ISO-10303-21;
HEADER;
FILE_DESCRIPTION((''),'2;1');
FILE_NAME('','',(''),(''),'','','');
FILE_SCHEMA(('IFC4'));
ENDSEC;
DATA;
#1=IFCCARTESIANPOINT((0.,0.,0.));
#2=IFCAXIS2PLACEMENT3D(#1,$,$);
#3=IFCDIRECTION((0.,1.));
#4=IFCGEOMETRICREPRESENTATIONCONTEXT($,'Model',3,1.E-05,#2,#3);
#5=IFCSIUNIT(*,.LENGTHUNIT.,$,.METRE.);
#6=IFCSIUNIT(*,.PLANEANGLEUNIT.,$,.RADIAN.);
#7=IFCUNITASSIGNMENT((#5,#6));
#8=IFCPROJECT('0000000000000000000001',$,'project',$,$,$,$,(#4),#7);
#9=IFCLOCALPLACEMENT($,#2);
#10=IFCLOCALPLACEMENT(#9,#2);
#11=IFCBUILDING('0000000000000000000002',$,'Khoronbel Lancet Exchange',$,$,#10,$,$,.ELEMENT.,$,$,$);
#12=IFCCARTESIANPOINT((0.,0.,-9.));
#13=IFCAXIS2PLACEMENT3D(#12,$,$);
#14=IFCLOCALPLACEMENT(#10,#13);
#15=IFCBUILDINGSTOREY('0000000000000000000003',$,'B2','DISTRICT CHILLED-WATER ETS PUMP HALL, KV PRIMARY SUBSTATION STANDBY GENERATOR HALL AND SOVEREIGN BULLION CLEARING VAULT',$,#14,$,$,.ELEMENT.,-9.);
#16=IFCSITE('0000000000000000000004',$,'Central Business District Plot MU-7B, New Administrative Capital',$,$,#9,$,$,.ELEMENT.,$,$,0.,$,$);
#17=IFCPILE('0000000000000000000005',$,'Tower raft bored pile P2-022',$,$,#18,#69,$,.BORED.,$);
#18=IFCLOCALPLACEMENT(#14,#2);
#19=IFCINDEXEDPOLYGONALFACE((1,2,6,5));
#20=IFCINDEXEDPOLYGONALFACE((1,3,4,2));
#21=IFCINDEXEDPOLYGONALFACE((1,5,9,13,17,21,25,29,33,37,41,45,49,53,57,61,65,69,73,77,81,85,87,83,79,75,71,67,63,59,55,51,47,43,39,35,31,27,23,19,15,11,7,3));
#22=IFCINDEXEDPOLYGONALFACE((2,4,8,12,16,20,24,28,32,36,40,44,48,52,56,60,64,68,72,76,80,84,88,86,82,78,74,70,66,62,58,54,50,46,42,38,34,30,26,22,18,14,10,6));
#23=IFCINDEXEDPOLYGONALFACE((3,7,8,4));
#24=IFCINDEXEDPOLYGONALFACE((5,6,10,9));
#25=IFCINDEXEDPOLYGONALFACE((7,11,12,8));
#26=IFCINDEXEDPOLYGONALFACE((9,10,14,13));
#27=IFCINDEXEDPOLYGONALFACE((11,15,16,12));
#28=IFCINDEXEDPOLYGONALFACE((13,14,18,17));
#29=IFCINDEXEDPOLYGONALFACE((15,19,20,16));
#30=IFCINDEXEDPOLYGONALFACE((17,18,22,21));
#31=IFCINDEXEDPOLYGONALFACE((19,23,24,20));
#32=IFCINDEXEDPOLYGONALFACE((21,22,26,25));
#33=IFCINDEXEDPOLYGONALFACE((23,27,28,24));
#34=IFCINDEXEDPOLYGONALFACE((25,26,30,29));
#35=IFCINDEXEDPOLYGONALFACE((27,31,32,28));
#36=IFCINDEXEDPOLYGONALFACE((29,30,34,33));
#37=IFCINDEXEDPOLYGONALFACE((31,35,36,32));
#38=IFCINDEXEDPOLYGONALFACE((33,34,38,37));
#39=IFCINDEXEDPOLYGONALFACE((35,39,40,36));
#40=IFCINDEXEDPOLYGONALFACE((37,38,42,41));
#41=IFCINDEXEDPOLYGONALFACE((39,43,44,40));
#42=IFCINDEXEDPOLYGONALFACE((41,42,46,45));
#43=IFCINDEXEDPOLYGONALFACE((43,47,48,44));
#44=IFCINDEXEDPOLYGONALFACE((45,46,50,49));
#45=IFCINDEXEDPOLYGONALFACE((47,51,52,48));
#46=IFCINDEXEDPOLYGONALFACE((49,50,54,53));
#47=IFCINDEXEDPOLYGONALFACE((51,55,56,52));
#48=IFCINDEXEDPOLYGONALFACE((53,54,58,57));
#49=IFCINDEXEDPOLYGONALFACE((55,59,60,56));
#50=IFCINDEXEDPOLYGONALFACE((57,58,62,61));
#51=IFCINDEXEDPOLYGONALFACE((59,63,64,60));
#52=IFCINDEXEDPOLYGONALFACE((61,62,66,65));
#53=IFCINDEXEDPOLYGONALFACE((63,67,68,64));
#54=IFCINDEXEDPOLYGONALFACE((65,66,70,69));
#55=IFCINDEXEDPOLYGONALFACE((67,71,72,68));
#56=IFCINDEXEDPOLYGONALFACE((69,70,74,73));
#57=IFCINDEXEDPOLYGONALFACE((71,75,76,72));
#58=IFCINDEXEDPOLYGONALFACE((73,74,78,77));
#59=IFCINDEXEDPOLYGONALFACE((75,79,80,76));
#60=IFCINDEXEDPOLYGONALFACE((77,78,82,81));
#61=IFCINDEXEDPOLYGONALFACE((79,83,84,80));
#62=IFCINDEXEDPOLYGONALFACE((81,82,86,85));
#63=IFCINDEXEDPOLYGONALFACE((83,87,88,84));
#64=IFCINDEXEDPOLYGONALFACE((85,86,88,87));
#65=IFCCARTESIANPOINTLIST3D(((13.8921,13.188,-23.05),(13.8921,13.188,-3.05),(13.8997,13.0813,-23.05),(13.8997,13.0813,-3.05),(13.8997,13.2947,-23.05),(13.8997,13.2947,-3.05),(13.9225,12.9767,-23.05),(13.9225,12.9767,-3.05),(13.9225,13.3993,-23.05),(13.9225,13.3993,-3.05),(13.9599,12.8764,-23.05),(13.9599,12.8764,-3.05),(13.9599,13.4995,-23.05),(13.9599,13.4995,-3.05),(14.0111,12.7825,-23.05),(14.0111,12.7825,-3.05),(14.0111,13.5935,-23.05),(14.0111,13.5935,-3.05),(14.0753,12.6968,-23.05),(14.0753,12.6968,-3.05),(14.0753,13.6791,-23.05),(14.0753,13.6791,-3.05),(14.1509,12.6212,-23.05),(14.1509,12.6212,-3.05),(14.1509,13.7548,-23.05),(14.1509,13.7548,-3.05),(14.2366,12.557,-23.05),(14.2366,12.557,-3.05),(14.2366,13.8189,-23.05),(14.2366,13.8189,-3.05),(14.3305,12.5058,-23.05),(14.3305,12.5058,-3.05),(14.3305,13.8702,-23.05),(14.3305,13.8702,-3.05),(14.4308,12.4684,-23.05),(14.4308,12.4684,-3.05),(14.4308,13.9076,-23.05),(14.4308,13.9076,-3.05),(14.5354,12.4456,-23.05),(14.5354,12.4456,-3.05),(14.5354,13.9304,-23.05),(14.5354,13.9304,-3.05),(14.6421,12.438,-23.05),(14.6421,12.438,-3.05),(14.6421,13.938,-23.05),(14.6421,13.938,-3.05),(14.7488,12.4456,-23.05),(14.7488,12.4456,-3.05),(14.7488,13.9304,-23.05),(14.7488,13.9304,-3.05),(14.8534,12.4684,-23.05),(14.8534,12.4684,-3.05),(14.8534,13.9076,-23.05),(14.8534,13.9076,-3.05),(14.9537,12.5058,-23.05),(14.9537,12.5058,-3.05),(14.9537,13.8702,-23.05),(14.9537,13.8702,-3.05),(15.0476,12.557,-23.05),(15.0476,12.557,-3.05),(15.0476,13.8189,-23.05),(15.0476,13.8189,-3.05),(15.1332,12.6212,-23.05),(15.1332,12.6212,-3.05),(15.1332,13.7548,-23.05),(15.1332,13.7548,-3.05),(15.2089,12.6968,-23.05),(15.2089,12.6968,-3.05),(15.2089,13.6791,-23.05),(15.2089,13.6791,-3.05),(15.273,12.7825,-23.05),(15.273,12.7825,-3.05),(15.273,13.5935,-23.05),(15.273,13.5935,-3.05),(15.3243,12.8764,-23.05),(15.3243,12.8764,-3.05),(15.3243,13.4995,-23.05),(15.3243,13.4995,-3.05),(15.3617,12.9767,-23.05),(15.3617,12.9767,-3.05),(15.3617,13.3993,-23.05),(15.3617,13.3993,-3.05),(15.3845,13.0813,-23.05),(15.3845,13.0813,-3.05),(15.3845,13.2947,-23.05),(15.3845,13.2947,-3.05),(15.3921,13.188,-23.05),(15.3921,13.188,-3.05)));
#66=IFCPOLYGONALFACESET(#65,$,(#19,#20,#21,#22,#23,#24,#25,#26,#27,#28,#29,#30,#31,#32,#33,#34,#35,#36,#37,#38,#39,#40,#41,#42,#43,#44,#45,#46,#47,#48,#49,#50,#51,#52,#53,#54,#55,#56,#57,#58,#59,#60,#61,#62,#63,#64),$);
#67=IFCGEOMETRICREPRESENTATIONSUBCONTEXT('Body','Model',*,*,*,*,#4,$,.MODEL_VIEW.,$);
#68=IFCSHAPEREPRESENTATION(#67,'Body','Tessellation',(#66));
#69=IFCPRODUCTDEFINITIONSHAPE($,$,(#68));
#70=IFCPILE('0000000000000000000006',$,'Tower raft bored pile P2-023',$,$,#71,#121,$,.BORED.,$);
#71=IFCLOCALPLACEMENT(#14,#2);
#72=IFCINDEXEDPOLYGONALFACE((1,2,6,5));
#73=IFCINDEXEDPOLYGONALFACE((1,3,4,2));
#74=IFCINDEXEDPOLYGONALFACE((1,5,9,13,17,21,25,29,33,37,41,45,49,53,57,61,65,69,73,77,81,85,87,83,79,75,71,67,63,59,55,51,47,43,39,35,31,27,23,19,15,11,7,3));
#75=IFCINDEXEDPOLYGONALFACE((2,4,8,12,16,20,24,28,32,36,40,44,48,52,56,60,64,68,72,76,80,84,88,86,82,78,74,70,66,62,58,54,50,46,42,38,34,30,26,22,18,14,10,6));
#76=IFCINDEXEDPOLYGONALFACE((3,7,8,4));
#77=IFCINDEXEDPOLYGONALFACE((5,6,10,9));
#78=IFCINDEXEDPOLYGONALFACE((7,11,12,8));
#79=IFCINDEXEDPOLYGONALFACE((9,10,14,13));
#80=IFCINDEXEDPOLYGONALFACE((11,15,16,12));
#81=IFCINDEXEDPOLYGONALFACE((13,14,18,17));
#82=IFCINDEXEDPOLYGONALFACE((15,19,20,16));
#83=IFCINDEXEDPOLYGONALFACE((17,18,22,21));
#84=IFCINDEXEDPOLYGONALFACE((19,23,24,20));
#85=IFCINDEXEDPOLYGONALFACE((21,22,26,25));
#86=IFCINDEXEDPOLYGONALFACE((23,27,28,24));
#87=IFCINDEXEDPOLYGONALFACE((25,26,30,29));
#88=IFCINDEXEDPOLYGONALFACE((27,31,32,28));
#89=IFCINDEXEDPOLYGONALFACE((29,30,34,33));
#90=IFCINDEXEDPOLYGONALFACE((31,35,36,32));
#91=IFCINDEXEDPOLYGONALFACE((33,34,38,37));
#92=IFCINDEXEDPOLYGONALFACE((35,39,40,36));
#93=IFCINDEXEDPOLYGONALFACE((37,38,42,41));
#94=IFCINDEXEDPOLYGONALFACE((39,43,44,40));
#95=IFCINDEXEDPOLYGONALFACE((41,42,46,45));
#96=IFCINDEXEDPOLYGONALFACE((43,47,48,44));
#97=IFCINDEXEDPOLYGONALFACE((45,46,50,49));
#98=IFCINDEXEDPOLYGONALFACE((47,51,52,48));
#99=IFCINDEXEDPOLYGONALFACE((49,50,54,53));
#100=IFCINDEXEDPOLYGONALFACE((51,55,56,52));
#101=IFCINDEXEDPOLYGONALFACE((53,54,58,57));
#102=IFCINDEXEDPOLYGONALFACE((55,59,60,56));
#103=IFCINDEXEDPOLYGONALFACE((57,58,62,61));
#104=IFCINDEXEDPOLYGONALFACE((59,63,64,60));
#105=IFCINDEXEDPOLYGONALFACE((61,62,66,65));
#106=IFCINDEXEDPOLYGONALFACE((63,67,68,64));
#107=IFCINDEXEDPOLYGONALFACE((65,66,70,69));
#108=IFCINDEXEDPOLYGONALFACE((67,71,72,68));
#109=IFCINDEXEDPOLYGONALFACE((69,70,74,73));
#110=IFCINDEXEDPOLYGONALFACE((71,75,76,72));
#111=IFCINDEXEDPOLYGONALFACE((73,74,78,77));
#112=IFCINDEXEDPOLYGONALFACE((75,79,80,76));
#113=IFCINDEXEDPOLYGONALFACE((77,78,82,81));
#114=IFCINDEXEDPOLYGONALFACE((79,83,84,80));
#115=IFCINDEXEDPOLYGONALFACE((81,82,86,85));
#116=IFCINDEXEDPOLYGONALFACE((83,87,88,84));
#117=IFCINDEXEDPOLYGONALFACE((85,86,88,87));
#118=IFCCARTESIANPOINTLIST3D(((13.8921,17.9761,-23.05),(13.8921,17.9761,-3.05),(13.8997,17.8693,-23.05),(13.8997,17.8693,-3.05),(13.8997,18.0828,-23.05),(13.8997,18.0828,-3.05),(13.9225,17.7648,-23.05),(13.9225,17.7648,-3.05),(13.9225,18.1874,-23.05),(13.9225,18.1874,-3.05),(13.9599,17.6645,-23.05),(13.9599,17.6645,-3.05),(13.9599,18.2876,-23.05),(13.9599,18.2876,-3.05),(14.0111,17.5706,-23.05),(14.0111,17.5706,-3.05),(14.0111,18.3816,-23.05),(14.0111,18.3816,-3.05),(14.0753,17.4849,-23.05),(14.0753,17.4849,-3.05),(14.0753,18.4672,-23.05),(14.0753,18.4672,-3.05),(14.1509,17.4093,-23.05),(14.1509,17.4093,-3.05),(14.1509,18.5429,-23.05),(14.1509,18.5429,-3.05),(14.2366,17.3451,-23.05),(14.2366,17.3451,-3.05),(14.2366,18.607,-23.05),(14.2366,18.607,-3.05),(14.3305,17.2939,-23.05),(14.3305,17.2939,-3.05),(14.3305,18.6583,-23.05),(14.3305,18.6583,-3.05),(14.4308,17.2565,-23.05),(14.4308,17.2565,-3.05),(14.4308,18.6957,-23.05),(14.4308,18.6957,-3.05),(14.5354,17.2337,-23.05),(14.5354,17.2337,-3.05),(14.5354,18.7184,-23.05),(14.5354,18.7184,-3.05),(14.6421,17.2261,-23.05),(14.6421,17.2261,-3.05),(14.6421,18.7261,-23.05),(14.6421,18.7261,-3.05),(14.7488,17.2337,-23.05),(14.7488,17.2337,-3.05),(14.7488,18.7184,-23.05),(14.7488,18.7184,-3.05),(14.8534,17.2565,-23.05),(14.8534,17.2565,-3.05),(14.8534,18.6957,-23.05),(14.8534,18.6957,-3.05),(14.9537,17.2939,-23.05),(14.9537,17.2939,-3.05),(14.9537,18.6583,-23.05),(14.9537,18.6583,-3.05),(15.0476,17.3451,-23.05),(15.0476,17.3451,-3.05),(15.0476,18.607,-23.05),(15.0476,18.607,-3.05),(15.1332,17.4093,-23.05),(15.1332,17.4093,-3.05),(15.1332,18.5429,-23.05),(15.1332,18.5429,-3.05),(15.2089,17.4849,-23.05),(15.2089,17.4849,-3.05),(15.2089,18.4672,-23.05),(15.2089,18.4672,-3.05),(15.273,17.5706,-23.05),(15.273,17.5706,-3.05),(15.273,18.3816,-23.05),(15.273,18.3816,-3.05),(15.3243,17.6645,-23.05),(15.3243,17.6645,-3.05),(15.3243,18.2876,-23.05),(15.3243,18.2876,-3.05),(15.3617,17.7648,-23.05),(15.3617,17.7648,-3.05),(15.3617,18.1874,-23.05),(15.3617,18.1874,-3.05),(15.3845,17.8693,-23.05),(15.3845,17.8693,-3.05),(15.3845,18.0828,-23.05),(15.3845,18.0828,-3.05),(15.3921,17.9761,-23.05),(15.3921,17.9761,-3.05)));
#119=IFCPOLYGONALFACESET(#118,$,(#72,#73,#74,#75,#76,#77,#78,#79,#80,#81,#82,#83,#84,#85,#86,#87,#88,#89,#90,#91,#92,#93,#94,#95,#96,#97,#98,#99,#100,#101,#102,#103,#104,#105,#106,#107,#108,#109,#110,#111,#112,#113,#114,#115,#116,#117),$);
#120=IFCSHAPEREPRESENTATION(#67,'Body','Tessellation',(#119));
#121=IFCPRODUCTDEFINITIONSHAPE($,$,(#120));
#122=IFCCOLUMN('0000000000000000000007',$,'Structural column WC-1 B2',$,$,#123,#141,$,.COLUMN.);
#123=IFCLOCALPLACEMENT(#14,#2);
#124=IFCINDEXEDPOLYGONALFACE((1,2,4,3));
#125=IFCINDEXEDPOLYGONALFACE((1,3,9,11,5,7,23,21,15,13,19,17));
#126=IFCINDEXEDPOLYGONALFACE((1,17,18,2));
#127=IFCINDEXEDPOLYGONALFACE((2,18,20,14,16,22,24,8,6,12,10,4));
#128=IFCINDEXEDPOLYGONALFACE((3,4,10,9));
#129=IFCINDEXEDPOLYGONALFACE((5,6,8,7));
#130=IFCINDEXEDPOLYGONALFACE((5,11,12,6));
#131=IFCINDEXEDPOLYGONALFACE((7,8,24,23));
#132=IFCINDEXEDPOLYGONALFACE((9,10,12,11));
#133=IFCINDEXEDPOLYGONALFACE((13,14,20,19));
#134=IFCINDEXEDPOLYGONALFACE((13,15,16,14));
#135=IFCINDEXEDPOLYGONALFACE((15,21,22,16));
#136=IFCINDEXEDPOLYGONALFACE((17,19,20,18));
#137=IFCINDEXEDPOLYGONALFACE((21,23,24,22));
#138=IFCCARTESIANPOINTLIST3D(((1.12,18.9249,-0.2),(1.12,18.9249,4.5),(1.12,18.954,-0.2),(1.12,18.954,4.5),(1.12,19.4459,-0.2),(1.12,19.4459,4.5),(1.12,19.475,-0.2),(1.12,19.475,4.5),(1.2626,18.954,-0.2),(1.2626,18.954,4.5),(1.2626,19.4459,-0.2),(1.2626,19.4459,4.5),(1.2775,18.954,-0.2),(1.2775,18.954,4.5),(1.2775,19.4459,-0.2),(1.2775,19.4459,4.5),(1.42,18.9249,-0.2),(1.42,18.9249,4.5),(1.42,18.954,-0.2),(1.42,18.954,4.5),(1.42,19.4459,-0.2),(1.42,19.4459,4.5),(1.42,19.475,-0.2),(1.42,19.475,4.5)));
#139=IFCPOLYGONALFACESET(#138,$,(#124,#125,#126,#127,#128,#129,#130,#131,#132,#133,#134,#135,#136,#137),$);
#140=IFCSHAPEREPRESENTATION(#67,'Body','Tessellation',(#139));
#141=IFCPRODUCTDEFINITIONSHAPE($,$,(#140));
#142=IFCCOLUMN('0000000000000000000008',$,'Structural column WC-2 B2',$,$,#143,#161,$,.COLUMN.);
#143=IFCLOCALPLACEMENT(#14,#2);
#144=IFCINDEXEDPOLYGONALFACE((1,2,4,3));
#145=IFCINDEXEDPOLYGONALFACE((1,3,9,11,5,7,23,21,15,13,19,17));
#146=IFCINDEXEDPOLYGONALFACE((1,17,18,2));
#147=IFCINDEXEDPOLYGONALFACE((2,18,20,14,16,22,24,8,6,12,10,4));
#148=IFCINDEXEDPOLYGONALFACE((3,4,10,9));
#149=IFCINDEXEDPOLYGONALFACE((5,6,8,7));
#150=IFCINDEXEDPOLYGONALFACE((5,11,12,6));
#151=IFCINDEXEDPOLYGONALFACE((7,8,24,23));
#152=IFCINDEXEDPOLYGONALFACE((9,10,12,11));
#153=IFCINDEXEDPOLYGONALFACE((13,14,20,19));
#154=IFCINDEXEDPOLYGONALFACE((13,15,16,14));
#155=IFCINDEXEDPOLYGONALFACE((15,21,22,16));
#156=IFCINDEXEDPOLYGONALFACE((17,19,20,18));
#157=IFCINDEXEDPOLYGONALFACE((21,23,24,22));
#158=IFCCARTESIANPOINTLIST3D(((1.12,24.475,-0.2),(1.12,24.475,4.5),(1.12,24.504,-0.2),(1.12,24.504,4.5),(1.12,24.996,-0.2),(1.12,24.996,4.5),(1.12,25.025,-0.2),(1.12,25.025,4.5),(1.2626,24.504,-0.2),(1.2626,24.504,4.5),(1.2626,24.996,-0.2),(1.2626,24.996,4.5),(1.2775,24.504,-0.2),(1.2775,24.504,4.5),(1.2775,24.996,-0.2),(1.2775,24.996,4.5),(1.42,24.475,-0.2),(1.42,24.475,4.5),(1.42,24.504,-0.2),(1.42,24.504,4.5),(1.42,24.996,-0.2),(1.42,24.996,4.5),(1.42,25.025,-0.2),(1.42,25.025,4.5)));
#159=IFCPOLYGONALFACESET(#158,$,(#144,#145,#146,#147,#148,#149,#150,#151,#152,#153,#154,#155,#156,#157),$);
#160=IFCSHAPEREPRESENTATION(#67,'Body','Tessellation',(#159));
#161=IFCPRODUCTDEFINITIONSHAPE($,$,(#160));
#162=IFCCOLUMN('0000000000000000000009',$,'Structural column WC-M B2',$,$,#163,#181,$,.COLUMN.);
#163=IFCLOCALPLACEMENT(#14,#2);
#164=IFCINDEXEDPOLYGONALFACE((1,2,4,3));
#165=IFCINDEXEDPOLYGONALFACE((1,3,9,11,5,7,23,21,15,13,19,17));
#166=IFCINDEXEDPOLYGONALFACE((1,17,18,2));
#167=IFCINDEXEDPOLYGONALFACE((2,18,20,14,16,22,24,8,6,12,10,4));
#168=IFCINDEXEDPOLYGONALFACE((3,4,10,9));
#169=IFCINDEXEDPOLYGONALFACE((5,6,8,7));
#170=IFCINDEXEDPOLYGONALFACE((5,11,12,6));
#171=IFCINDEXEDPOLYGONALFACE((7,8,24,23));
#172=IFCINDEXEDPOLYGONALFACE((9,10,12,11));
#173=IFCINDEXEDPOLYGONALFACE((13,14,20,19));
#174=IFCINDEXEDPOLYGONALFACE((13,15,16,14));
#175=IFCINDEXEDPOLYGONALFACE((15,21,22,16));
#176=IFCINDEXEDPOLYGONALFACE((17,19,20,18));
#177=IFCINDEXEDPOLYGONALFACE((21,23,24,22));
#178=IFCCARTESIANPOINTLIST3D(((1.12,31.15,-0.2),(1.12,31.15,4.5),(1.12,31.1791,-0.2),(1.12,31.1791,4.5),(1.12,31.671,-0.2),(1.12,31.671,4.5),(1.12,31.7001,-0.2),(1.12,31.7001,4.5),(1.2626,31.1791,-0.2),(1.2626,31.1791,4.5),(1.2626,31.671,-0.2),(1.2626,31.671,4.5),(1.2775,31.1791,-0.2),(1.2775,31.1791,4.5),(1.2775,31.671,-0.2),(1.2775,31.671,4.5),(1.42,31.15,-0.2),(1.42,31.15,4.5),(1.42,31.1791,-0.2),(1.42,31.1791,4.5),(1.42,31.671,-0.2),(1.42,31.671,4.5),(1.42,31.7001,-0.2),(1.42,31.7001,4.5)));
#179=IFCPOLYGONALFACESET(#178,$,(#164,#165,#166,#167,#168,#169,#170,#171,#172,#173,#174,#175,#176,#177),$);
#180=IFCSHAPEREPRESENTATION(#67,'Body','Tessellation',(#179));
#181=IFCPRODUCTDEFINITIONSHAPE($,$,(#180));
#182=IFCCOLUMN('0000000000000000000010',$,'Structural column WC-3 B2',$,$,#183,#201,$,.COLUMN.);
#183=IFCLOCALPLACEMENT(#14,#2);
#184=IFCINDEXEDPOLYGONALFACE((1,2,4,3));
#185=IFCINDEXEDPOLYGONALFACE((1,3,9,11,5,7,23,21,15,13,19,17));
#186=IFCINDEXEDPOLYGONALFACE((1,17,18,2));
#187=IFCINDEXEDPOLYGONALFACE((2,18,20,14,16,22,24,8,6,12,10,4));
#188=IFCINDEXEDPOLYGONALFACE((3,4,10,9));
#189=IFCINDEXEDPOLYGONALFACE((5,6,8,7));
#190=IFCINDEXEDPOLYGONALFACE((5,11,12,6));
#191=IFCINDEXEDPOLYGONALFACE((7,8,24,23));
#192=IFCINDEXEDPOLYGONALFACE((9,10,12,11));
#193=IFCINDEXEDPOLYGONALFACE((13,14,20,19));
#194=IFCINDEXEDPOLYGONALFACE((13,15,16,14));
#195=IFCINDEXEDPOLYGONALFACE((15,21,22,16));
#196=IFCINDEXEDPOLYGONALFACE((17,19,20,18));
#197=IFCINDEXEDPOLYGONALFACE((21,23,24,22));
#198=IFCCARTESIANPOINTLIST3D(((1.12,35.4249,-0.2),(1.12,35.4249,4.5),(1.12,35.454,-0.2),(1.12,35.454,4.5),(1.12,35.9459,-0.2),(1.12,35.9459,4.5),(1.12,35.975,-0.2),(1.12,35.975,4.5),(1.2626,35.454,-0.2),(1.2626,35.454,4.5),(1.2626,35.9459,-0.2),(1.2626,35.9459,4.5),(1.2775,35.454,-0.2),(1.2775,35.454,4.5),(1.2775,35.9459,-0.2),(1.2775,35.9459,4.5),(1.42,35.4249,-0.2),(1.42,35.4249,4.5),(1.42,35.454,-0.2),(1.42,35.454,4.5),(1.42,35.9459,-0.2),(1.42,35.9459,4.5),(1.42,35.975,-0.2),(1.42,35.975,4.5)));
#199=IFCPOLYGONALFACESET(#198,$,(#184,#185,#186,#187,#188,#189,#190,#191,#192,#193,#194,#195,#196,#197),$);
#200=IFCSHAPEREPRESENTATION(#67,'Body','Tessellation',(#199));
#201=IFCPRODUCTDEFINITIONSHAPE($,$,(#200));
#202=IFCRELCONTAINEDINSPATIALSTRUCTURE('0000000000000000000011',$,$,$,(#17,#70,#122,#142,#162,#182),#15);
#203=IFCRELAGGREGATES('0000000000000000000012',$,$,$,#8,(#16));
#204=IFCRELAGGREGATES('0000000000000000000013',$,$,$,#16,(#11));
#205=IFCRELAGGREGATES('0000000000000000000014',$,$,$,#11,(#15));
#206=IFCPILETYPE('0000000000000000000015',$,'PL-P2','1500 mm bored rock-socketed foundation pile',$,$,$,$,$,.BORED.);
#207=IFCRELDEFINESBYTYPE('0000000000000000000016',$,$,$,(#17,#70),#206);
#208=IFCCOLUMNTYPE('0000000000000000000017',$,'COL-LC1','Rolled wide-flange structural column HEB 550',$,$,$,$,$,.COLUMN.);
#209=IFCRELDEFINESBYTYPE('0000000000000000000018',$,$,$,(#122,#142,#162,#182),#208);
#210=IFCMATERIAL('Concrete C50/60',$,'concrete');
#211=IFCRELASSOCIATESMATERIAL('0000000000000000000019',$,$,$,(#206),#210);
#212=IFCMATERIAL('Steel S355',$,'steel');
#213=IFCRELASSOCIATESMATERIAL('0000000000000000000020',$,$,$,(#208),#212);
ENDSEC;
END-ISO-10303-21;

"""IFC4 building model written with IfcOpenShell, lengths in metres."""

from ifc_helpers import new_model, si_unit, direction, frame, origin, origin_2d, place, context, subcontext, project, spatial, circle, i_section, extrude, material, material_profile, profile_set, type_object, element, save


model = new_model("IFC4")

# Units and contexts
model_context = context("Model", 3, precision=1e-05, world=origin(), true_north=direction((0.0, 1.0)))
body_context = subcontext(model_context, "Body", "Model", "MODEL_VIEW")
ifc_project = project(units=[si_unit("LENGTHUNIT", "METRE"), si_unit("PLANEANGLEUNIT", "RADIAN")], contexts=[model_context])

# Site, building, storey
site_placement = place(None, origin())
site = spatial("IfcSite", under=ifc_project, at=site_placement, Name="Central Business District Plot MU-7B, New Administrative Capital", CompositionType="ELEMENT", RefElevation=0.0)
building_placement = place(site_placement, origin())
building = spatial("IfcBuilding", under=site, at=building_placement, Name="Khoronbel Lancet Exchange", CompositionType="ELEMENT")
storey_placement = place(building_placement, frame((0.0, 0.0, -9.0)))
storey = spatial("IfcBuildingStorey", under=building, at=storey_placement, Name="B2", Description="DISTRICT CHILLED-WATER ETS PUMP HALL, KV PRIMARY SUBSTATION STANDBY GENERATOR HALL AND SOVEREIGN BULLION CLEARING VAULT", CompositionType="ELEMENT", Elevation=-9.0)

# Piles
ifc_material_1 = material(Name="Concrete C50/60", Category="concrete")
ifc_material_profile_1 = material_profile(ifc_material_1, circle(Radius=0.75, at=origin_2d()), Name="BORED PILE D1500")
ifc_profile_set_1 = profile_set([ifc_material_profile_1], Name="Concrete C50/60")
pile_type = type_object("IfcPileType", Name="PL-P2", Description="1500 mm bored rock-socketed foundation pile", PredefinedType="BORED", material=ifc_profile_set_1)
for number, where, z_axis, x_axis, name in (
    (1, (14.6421, 13.188, -3.05), (0.0, 0.0, -1.0), (1.0, 0.0, 0.0), "Tower raft bored pile P2-022"),
    (2, (14.6421, 17.9761, -3.05), (0.0, 0.0, -1.0), (1.0, 0.0, 0.0), "Tower raft bored pile P2-023"),
):
    element("IfcPile", number, at=place(storey_placement, frame(where, z_axis=z_axis, x_axis=x_axis)), inside=storey, type_object=pile_type, Name=name, PredefinedType="BORED", context=body_context, shape_type="SweptSolid", body=[
        extrude(circle(Radius=0.75, at=origin_2d()), origin(), (0.0, 0.0, 1.0), 20.0),
    ])

# Columns
ifc_material_2 = material(Name="Steel S355", Category="steel")
ifc_material_profile_2 = material_profile(ifc_material_2, i_section(OverallWidth=0.3, OverallDepth=0.55, WebThickness=0.0149, FlangeThickness=0.0291, at=origin_2d()), Name="HEB 550")
ifc_profile_set_2 = profile_set([ifc_material_profile_2], Name="Steel S355")
column_type_1 = type_object("IfcColumnType", Name="COL-LC1", Description="Rolled wide-flange structural column HEB 550", PredefinedType="COLUMN", material=ifc_profile_set_2)
for number, where, z_axis, x_axis, name in (
    (3, (1.27, 19.2, -0.2), (0.0, 0.0, 1.0), (1.0, 0.0, 0.0), "Structural column WC-1 B2"),
    (4, (1.27, 24.75, -0.2), (0.0, 0.0, 1.0), (1.0, 0.0, 0.0), "Structural column WC-2 B2"),
    (5, (1.27, 31.425, -0.2), (0.0, 0.0, 1.0), (1.0, 0.0, 0.0), "Structural column WC-M B2"),
    (6, (1.27, 35.7, -0.2), (0.0, 0.0, 1.0), (1.0, 0.0, 0.0), "Structural column WC-3 B2"),
):
    element("IfcColumn", number, at=place(storey_placement, frame(where, z_axis=z_axis, x_axis=x_axis)), inside=storey, type_object=column_type_1, Name=name, PredefinedType="COLUMN", context=body_context, shape_type="SweptSolid", body=[
        extrude(i_section(OverallWidth=0.3, OverallDepth=0.55, WebThickness=0.0149, FlangeThickness=0.0291, at=origin_2d()), origin(), (0.0, 0.0, 1.0), 4.7),
    ])

save(model, "model.ifc")
